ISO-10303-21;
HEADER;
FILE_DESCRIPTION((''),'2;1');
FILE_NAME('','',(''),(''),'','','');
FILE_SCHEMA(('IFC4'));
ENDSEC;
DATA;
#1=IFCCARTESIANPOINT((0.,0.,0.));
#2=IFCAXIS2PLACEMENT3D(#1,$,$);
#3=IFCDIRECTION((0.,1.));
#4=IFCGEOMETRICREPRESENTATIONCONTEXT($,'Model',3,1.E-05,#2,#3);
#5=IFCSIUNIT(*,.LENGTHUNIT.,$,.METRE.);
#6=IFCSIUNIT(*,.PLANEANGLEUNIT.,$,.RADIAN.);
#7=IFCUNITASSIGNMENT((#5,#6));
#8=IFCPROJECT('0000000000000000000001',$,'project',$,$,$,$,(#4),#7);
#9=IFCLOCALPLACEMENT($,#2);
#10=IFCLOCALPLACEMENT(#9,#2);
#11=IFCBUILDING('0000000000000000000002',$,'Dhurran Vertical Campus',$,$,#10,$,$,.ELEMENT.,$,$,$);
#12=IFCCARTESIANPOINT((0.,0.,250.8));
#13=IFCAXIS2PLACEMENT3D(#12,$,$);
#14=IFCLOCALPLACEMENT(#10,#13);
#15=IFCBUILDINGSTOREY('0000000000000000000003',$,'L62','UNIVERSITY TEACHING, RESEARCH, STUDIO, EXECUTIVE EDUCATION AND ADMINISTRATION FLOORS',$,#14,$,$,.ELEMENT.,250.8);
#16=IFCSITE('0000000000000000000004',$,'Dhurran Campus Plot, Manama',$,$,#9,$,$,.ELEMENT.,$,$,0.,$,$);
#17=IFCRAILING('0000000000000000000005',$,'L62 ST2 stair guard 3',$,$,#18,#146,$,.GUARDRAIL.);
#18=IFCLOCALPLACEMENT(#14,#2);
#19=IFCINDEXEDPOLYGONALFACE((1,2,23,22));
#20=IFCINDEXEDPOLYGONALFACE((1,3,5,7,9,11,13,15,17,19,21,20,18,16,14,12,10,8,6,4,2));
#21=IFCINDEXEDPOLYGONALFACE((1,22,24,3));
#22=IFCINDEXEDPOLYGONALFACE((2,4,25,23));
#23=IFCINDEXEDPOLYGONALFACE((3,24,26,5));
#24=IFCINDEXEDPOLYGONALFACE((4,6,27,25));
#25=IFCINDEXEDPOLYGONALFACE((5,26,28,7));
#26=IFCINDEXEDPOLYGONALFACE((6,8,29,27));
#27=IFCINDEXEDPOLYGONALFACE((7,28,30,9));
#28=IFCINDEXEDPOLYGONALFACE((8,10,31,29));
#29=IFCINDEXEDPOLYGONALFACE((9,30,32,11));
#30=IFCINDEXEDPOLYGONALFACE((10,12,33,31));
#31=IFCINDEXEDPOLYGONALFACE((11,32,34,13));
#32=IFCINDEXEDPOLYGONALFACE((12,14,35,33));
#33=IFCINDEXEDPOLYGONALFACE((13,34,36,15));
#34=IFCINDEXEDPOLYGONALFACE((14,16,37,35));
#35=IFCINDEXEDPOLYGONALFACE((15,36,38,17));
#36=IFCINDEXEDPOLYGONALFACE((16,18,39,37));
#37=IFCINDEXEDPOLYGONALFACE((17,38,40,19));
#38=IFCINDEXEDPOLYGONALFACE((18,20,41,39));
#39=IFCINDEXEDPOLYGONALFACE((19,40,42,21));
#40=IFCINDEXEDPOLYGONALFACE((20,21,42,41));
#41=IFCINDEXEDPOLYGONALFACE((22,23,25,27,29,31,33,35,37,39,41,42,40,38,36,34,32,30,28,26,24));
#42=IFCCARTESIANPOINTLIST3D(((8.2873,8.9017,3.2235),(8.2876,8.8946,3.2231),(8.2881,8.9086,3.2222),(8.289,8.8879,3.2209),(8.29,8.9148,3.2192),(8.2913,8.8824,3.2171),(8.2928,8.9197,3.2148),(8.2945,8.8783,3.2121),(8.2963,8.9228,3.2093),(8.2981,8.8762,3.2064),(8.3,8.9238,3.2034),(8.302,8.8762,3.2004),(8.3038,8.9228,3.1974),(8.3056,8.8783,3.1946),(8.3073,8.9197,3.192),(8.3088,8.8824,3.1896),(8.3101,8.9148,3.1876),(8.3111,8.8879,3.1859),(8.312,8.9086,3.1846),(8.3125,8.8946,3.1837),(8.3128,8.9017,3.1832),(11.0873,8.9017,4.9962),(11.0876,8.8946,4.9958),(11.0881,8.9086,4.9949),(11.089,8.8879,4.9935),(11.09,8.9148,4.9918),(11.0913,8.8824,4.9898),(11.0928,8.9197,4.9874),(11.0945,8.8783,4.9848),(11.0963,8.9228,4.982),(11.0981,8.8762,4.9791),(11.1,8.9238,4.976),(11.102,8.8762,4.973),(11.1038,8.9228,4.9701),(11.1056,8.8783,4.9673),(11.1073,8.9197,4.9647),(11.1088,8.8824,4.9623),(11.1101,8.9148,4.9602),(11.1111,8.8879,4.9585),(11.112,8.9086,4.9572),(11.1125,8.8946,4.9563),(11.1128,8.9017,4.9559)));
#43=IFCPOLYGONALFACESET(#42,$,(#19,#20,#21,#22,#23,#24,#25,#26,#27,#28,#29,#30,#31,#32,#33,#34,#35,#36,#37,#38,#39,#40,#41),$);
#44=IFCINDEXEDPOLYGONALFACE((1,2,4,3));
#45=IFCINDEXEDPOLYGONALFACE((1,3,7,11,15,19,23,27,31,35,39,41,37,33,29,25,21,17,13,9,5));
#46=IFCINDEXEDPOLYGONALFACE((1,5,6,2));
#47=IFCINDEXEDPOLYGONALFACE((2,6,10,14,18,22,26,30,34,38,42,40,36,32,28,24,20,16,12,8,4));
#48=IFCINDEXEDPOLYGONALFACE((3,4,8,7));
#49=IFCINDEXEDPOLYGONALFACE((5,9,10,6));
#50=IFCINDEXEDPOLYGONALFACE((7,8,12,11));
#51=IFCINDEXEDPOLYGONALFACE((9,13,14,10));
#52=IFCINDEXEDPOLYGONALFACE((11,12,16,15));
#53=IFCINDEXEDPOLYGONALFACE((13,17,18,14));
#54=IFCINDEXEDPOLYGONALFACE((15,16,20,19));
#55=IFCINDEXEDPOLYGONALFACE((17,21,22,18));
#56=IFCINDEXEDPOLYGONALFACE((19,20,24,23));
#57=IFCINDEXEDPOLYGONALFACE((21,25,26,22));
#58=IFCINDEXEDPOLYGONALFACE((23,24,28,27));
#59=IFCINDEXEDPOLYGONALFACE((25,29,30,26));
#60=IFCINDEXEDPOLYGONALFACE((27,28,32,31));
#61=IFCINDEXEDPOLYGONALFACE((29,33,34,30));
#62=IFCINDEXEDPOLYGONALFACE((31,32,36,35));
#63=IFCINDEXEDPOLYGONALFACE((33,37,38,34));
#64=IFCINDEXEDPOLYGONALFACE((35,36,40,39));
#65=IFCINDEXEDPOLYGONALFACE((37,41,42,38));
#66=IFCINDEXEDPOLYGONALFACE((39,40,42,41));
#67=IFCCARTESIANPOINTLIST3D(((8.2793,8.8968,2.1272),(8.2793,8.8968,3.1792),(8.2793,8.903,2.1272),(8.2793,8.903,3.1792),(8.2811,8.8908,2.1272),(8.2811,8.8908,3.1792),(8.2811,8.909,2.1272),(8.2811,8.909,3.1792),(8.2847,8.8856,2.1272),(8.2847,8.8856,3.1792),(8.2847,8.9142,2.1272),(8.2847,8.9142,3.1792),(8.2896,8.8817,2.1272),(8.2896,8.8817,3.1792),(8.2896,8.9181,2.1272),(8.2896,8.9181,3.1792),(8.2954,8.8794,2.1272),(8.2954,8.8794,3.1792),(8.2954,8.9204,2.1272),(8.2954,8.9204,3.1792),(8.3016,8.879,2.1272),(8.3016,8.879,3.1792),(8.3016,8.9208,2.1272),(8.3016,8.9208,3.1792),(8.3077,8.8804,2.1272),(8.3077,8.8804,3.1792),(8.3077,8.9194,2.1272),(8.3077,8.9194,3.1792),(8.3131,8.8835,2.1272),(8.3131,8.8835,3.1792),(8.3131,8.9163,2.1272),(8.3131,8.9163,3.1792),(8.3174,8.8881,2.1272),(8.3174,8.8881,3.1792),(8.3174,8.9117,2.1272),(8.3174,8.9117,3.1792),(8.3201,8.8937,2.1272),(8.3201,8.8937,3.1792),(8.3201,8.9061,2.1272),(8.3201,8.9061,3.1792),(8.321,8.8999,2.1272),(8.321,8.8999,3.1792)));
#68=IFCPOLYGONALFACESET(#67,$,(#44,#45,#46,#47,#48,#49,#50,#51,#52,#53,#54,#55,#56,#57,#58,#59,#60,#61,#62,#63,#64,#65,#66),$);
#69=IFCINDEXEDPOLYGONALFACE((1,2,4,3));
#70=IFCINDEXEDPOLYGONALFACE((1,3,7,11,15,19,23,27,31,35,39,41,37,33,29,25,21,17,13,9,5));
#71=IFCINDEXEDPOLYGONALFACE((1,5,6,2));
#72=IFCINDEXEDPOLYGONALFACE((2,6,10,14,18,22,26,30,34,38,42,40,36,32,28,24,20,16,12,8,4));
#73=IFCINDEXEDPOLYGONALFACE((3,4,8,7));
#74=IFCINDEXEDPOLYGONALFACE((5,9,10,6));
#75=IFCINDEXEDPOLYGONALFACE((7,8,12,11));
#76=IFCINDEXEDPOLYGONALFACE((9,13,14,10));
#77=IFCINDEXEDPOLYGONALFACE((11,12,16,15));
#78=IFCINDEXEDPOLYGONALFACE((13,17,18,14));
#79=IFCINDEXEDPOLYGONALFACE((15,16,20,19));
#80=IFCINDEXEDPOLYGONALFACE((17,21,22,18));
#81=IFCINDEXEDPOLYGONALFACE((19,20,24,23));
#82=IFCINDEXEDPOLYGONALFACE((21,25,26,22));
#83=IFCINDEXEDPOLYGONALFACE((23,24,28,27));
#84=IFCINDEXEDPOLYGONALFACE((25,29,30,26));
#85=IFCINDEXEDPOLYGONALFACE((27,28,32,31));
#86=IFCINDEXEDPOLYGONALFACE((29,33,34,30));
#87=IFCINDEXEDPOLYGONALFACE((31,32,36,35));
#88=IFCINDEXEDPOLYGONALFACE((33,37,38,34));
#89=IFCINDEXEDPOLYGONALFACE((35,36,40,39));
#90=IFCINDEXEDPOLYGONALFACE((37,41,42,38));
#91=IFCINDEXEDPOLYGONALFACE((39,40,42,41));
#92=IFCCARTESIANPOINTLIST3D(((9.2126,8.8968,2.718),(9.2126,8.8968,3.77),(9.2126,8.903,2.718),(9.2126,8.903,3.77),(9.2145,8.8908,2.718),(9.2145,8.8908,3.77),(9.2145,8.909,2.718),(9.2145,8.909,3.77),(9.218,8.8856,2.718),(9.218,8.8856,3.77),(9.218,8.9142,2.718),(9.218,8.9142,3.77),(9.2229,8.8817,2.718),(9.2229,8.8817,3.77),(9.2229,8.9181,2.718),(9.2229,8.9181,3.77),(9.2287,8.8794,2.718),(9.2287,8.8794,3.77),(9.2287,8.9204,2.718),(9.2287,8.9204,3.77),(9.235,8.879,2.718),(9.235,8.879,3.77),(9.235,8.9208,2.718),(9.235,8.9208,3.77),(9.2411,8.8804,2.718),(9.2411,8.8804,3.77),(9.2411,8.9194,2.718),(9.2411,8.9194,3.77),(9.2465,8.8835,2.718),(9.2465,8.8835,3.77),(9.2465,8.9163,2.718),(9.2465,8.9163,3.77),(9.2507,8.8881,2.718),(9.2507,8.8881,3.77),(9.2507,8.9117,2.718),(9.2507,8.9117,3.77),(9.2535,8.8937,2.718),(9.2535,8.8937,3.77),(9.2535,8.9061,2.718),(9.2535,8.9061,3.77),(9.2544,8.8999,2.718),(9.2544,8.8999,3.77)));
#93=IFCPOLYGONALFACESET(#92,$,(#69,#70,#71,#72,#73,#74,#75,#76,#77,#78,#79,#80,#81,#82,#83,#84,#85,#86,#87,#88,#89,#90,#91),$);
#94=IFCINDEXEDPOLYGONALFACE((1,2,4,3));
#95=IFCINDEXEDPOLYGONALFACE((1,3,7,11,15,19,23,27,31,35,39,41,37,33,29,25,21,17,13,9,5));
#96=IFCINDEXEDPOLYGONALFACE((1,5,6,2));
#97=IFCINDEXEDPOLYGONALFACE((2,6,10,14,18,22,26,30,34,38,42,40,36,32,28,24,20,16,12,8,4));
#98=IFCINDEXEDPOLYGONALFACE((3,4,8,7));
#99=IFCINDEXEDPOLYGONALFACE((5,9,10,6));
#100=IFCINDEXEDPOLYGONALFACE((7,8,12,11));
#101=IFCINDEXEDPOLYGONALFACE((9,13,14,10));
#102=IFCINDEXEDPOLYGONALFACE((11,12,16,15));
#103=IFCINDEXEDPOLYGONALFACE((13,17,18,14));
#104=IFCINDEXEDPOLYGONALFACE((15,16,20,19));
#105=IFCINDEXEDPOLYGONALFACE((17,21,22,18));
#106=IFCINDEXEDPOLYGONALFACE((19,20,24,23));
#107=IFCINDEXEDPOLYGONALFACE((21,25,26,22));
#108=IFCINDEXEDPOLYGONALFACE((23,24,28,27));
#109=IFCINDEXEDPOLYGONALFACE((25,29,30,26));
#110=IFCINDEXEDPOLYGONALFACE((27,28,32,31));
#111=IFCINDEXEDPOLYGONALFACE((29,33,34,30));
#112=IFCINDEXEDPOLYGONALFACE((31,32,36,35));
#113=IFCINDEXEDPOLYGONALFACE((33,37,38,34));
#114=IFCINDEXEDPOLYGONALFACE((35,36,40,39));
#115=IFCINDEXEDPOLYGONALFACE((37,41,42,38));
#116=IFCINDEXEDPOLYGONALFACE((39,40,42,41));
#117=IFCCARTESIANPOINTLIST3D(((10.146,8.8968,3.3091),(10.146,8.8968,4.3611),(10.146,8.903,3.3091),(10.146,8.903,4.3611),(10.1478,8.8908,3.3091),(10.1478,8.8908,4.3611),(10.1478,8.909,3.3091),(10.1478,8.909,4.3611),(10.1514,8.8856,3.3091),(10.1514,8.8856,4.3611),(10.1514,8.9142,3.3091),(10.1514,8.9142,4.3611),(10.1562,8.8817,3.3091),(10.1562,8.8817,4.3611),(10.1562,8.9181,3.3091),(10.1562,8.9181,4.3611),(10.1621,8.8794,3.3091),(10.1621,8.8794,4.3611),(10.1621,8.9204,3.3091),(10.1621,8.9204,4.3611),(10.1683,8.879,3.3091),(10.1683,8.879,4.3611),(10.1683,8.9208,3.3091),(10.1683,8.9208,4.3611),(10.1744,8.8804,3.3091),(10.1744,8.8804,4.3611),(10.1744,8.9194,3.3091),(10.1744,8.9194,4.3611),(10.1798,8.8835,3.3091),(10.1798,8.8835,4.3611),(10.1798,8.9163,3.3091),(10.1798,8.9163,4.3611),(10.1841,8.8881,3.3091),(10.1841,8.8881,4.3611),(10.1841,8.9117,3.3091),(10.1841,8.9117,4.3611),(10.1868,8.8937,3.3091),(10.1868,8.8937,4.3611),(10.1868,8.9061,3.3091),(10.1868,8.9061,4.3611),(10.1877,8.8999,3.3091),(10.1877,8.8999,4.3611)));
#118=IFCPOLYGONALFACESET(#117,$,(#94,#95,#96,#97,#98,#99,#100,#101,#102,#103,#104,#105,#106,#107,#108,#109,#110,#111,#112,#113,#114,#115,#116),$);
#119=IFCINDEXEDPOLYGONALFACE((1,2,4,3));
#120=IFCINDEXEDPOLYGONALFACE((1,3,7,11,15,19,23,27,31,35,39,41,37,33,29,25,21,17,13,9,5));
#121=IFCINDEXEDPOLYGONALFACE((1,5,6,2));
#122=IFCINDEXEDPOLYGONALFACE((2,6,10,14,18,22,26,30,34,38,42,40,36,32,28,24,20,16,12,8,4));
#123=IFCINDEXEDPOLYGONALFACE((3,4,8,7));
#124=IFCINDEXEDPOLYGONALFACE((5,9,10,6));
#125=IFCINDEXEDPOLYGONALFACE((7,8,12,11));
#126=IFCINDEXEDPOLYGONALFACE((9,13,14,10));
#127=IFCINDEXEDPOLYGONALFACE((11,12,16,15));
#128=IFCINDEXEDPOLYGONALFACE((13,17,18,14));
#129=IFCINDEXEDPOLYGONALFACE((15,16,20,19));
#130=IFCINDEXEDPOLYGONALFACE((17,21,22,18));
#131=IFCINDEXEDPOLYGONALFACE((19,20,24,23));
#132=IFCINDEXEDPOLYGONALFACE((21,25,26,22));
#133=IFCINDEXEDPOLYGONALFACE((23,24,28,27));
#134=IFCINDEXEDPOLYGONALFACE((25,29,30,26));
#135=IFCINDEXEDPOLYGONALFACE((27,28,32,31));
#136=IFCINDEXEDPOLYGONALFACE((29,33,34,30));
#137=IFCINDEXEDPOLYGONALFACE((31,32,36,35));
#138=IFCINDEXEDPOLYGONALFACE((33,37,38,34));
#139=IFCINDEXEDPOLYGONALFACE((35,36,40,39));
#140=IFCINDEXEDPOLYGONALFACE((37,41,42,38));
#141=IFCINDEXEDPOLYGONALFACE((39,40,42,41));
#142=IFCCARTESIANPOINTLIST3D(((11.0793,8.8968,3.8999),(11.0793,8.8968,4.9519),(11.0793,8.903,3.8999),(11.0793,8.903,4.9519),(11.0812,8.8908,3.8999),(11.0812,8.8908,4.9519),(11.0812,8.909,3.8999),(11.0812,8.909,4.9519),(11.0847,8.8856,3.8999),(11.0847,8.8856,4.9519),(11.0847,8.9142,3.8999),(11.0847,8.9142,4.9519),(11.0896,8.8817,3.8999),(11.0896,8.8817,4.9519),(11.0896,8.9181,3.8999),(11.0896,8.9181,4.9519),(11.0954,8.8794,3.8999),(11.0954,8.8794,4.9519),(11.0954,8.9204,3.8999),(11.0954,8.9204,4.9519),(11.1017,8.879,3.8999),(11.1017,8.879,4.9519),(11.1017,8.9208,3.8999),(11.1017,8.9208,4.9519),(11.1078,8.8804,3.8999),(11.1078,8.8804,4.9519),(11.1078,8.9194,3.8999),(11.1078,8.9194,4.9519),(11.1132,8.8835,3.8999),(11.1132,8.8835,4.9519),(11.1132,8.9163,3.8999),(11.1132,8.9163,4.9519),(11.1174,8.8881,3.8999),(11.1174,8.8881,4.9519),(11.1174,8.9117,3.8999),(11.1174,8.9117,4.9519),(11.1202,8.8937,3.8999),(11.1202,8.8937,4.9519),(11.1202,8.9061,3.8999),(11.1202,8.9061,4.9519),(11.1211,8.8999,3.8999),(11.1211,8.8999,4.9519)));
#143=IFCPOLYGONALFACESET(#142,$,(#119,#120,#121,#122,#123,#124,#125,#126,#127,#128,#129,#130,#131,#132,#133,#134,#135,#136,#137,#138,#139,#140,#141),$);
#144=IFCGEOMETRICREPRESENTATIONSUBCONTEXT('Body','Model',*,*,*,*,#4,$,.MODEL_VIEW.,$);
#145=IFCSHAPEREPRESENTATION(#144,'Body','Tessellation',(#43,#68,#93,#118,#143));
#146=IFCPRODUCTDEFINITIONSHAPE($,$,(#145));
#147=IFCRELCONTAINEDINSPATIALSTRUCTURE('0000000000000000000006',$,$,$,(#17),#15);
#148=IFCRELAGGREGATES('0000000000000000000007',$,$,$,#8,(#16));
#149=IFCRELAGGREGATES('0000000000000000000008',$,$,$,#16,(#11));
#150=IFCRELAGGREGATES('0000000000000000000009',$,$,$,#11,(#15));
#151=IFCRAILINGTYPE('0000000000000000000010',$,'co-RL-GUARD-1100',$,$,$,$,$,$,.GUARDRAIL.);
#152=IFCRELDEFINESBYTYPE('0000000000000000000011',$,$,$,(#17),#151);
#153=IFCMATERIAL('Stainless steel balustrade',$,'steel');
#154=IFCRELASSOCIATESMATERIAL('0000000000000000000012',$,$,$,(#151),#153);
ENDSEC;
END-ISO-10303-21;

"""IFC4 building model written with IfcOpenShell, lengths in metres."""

from ifc_helpers import new_model, si_unit, direction, frame, origin, origin_2d, place, context, subcontext, project, spatial, circle, extrude, material, type_object, element, save


model = new_model("IFC4")

# Units and contexts
model_context = context("Model", 3, precision=1e-05, world=origin(), true_north=direction((0.0, 1.0)))
body_context = subcontext(model_context, "Body", "Model", "MODEL_VIEW")
ifc_project = project(units=[si_unit("LENGTHUNIT", "METRE"), si_unit("PLANEANGLEUNIT", "RADIAN")], contexts=[model_context])

# Site, building, storey
site_placement = place(None, origin())
site = spatial("IfcSite", under=ifc_project, at=site_placement, Name="Dhurran Campus Plot, Manama", CompositionType="ELEMENT", RefElevation=0.0)
building_placement = place(site_placement, origin())
building = spatial("IfcBuilding", under=site, at=building_placement, Name="Dhurran Vertical Campus", CompositionType="ELEMENT")
storey_placement = place(building_placement, frame((0.0, 0.0, 250.8)))
storey = spatial("IfcBuildingStorey", under=building, at=storey_placement, Name="L62", Description="UNIVERSITY TEACHING, RESEARCH, STUDIO, EXECUTIVE EDUCATION AND ADMINISTRATION FLOORS", CompositionType="ELEMENT", Elevation=250.8)

# Railing
ifc_material_1 = material(Name="Stainless steel balustrade", Category="steel")
railing_type_1 = type_object("IfcRailingType", Name="co-RL-GUARD-1100", PredefinedType="GUARDRAIL", material=ifc_material_1)
railing_1_placement = place(storey_placement, frame((8.3, 8.8999, 2.1272)))
element("IfcRailing", 1, at=railing_1_placement, inside=storey, type_object=railing_type_1, Name="L62 ST2 stair guard 3", PredefinedType="GUARDRAIL", context=body_context, shape_type="SweptSolid", body=[
    extrude(circle(Radius=0.0239, at=origin_2d()), frame((0.0, 0.0, 1.0762), z_axis=(0.844909, 0.0, 0.53491), x_axis=(0.0, 1.0, 0.0)), (0.0, 0.0, 1.0), 3.314),
    extrude(circle(Radius=0.021, at=origin_2d()), origin(), (0.0, 0.0, 1.0), 1.052),
    extrude(circle(Radius=0.021, at=origin_2d()), frame((0.9333, 0.0, 0.5908)), (0.0, 0.0, 1.0), 1.052),
    extrude(circle(Radius=0.021, at=origin_2d()), frame((1.8667, 0.0, 1.1819)), (0.0, 0.0, 1.0), 1.052),
    extrude(circle(Radius=0.021, at=origin_2d()), frame((2.8, 0.0, 1.7727)), (0.0, 0.0, 1.0), 1.052),
])

save(model, "model.ifc")
